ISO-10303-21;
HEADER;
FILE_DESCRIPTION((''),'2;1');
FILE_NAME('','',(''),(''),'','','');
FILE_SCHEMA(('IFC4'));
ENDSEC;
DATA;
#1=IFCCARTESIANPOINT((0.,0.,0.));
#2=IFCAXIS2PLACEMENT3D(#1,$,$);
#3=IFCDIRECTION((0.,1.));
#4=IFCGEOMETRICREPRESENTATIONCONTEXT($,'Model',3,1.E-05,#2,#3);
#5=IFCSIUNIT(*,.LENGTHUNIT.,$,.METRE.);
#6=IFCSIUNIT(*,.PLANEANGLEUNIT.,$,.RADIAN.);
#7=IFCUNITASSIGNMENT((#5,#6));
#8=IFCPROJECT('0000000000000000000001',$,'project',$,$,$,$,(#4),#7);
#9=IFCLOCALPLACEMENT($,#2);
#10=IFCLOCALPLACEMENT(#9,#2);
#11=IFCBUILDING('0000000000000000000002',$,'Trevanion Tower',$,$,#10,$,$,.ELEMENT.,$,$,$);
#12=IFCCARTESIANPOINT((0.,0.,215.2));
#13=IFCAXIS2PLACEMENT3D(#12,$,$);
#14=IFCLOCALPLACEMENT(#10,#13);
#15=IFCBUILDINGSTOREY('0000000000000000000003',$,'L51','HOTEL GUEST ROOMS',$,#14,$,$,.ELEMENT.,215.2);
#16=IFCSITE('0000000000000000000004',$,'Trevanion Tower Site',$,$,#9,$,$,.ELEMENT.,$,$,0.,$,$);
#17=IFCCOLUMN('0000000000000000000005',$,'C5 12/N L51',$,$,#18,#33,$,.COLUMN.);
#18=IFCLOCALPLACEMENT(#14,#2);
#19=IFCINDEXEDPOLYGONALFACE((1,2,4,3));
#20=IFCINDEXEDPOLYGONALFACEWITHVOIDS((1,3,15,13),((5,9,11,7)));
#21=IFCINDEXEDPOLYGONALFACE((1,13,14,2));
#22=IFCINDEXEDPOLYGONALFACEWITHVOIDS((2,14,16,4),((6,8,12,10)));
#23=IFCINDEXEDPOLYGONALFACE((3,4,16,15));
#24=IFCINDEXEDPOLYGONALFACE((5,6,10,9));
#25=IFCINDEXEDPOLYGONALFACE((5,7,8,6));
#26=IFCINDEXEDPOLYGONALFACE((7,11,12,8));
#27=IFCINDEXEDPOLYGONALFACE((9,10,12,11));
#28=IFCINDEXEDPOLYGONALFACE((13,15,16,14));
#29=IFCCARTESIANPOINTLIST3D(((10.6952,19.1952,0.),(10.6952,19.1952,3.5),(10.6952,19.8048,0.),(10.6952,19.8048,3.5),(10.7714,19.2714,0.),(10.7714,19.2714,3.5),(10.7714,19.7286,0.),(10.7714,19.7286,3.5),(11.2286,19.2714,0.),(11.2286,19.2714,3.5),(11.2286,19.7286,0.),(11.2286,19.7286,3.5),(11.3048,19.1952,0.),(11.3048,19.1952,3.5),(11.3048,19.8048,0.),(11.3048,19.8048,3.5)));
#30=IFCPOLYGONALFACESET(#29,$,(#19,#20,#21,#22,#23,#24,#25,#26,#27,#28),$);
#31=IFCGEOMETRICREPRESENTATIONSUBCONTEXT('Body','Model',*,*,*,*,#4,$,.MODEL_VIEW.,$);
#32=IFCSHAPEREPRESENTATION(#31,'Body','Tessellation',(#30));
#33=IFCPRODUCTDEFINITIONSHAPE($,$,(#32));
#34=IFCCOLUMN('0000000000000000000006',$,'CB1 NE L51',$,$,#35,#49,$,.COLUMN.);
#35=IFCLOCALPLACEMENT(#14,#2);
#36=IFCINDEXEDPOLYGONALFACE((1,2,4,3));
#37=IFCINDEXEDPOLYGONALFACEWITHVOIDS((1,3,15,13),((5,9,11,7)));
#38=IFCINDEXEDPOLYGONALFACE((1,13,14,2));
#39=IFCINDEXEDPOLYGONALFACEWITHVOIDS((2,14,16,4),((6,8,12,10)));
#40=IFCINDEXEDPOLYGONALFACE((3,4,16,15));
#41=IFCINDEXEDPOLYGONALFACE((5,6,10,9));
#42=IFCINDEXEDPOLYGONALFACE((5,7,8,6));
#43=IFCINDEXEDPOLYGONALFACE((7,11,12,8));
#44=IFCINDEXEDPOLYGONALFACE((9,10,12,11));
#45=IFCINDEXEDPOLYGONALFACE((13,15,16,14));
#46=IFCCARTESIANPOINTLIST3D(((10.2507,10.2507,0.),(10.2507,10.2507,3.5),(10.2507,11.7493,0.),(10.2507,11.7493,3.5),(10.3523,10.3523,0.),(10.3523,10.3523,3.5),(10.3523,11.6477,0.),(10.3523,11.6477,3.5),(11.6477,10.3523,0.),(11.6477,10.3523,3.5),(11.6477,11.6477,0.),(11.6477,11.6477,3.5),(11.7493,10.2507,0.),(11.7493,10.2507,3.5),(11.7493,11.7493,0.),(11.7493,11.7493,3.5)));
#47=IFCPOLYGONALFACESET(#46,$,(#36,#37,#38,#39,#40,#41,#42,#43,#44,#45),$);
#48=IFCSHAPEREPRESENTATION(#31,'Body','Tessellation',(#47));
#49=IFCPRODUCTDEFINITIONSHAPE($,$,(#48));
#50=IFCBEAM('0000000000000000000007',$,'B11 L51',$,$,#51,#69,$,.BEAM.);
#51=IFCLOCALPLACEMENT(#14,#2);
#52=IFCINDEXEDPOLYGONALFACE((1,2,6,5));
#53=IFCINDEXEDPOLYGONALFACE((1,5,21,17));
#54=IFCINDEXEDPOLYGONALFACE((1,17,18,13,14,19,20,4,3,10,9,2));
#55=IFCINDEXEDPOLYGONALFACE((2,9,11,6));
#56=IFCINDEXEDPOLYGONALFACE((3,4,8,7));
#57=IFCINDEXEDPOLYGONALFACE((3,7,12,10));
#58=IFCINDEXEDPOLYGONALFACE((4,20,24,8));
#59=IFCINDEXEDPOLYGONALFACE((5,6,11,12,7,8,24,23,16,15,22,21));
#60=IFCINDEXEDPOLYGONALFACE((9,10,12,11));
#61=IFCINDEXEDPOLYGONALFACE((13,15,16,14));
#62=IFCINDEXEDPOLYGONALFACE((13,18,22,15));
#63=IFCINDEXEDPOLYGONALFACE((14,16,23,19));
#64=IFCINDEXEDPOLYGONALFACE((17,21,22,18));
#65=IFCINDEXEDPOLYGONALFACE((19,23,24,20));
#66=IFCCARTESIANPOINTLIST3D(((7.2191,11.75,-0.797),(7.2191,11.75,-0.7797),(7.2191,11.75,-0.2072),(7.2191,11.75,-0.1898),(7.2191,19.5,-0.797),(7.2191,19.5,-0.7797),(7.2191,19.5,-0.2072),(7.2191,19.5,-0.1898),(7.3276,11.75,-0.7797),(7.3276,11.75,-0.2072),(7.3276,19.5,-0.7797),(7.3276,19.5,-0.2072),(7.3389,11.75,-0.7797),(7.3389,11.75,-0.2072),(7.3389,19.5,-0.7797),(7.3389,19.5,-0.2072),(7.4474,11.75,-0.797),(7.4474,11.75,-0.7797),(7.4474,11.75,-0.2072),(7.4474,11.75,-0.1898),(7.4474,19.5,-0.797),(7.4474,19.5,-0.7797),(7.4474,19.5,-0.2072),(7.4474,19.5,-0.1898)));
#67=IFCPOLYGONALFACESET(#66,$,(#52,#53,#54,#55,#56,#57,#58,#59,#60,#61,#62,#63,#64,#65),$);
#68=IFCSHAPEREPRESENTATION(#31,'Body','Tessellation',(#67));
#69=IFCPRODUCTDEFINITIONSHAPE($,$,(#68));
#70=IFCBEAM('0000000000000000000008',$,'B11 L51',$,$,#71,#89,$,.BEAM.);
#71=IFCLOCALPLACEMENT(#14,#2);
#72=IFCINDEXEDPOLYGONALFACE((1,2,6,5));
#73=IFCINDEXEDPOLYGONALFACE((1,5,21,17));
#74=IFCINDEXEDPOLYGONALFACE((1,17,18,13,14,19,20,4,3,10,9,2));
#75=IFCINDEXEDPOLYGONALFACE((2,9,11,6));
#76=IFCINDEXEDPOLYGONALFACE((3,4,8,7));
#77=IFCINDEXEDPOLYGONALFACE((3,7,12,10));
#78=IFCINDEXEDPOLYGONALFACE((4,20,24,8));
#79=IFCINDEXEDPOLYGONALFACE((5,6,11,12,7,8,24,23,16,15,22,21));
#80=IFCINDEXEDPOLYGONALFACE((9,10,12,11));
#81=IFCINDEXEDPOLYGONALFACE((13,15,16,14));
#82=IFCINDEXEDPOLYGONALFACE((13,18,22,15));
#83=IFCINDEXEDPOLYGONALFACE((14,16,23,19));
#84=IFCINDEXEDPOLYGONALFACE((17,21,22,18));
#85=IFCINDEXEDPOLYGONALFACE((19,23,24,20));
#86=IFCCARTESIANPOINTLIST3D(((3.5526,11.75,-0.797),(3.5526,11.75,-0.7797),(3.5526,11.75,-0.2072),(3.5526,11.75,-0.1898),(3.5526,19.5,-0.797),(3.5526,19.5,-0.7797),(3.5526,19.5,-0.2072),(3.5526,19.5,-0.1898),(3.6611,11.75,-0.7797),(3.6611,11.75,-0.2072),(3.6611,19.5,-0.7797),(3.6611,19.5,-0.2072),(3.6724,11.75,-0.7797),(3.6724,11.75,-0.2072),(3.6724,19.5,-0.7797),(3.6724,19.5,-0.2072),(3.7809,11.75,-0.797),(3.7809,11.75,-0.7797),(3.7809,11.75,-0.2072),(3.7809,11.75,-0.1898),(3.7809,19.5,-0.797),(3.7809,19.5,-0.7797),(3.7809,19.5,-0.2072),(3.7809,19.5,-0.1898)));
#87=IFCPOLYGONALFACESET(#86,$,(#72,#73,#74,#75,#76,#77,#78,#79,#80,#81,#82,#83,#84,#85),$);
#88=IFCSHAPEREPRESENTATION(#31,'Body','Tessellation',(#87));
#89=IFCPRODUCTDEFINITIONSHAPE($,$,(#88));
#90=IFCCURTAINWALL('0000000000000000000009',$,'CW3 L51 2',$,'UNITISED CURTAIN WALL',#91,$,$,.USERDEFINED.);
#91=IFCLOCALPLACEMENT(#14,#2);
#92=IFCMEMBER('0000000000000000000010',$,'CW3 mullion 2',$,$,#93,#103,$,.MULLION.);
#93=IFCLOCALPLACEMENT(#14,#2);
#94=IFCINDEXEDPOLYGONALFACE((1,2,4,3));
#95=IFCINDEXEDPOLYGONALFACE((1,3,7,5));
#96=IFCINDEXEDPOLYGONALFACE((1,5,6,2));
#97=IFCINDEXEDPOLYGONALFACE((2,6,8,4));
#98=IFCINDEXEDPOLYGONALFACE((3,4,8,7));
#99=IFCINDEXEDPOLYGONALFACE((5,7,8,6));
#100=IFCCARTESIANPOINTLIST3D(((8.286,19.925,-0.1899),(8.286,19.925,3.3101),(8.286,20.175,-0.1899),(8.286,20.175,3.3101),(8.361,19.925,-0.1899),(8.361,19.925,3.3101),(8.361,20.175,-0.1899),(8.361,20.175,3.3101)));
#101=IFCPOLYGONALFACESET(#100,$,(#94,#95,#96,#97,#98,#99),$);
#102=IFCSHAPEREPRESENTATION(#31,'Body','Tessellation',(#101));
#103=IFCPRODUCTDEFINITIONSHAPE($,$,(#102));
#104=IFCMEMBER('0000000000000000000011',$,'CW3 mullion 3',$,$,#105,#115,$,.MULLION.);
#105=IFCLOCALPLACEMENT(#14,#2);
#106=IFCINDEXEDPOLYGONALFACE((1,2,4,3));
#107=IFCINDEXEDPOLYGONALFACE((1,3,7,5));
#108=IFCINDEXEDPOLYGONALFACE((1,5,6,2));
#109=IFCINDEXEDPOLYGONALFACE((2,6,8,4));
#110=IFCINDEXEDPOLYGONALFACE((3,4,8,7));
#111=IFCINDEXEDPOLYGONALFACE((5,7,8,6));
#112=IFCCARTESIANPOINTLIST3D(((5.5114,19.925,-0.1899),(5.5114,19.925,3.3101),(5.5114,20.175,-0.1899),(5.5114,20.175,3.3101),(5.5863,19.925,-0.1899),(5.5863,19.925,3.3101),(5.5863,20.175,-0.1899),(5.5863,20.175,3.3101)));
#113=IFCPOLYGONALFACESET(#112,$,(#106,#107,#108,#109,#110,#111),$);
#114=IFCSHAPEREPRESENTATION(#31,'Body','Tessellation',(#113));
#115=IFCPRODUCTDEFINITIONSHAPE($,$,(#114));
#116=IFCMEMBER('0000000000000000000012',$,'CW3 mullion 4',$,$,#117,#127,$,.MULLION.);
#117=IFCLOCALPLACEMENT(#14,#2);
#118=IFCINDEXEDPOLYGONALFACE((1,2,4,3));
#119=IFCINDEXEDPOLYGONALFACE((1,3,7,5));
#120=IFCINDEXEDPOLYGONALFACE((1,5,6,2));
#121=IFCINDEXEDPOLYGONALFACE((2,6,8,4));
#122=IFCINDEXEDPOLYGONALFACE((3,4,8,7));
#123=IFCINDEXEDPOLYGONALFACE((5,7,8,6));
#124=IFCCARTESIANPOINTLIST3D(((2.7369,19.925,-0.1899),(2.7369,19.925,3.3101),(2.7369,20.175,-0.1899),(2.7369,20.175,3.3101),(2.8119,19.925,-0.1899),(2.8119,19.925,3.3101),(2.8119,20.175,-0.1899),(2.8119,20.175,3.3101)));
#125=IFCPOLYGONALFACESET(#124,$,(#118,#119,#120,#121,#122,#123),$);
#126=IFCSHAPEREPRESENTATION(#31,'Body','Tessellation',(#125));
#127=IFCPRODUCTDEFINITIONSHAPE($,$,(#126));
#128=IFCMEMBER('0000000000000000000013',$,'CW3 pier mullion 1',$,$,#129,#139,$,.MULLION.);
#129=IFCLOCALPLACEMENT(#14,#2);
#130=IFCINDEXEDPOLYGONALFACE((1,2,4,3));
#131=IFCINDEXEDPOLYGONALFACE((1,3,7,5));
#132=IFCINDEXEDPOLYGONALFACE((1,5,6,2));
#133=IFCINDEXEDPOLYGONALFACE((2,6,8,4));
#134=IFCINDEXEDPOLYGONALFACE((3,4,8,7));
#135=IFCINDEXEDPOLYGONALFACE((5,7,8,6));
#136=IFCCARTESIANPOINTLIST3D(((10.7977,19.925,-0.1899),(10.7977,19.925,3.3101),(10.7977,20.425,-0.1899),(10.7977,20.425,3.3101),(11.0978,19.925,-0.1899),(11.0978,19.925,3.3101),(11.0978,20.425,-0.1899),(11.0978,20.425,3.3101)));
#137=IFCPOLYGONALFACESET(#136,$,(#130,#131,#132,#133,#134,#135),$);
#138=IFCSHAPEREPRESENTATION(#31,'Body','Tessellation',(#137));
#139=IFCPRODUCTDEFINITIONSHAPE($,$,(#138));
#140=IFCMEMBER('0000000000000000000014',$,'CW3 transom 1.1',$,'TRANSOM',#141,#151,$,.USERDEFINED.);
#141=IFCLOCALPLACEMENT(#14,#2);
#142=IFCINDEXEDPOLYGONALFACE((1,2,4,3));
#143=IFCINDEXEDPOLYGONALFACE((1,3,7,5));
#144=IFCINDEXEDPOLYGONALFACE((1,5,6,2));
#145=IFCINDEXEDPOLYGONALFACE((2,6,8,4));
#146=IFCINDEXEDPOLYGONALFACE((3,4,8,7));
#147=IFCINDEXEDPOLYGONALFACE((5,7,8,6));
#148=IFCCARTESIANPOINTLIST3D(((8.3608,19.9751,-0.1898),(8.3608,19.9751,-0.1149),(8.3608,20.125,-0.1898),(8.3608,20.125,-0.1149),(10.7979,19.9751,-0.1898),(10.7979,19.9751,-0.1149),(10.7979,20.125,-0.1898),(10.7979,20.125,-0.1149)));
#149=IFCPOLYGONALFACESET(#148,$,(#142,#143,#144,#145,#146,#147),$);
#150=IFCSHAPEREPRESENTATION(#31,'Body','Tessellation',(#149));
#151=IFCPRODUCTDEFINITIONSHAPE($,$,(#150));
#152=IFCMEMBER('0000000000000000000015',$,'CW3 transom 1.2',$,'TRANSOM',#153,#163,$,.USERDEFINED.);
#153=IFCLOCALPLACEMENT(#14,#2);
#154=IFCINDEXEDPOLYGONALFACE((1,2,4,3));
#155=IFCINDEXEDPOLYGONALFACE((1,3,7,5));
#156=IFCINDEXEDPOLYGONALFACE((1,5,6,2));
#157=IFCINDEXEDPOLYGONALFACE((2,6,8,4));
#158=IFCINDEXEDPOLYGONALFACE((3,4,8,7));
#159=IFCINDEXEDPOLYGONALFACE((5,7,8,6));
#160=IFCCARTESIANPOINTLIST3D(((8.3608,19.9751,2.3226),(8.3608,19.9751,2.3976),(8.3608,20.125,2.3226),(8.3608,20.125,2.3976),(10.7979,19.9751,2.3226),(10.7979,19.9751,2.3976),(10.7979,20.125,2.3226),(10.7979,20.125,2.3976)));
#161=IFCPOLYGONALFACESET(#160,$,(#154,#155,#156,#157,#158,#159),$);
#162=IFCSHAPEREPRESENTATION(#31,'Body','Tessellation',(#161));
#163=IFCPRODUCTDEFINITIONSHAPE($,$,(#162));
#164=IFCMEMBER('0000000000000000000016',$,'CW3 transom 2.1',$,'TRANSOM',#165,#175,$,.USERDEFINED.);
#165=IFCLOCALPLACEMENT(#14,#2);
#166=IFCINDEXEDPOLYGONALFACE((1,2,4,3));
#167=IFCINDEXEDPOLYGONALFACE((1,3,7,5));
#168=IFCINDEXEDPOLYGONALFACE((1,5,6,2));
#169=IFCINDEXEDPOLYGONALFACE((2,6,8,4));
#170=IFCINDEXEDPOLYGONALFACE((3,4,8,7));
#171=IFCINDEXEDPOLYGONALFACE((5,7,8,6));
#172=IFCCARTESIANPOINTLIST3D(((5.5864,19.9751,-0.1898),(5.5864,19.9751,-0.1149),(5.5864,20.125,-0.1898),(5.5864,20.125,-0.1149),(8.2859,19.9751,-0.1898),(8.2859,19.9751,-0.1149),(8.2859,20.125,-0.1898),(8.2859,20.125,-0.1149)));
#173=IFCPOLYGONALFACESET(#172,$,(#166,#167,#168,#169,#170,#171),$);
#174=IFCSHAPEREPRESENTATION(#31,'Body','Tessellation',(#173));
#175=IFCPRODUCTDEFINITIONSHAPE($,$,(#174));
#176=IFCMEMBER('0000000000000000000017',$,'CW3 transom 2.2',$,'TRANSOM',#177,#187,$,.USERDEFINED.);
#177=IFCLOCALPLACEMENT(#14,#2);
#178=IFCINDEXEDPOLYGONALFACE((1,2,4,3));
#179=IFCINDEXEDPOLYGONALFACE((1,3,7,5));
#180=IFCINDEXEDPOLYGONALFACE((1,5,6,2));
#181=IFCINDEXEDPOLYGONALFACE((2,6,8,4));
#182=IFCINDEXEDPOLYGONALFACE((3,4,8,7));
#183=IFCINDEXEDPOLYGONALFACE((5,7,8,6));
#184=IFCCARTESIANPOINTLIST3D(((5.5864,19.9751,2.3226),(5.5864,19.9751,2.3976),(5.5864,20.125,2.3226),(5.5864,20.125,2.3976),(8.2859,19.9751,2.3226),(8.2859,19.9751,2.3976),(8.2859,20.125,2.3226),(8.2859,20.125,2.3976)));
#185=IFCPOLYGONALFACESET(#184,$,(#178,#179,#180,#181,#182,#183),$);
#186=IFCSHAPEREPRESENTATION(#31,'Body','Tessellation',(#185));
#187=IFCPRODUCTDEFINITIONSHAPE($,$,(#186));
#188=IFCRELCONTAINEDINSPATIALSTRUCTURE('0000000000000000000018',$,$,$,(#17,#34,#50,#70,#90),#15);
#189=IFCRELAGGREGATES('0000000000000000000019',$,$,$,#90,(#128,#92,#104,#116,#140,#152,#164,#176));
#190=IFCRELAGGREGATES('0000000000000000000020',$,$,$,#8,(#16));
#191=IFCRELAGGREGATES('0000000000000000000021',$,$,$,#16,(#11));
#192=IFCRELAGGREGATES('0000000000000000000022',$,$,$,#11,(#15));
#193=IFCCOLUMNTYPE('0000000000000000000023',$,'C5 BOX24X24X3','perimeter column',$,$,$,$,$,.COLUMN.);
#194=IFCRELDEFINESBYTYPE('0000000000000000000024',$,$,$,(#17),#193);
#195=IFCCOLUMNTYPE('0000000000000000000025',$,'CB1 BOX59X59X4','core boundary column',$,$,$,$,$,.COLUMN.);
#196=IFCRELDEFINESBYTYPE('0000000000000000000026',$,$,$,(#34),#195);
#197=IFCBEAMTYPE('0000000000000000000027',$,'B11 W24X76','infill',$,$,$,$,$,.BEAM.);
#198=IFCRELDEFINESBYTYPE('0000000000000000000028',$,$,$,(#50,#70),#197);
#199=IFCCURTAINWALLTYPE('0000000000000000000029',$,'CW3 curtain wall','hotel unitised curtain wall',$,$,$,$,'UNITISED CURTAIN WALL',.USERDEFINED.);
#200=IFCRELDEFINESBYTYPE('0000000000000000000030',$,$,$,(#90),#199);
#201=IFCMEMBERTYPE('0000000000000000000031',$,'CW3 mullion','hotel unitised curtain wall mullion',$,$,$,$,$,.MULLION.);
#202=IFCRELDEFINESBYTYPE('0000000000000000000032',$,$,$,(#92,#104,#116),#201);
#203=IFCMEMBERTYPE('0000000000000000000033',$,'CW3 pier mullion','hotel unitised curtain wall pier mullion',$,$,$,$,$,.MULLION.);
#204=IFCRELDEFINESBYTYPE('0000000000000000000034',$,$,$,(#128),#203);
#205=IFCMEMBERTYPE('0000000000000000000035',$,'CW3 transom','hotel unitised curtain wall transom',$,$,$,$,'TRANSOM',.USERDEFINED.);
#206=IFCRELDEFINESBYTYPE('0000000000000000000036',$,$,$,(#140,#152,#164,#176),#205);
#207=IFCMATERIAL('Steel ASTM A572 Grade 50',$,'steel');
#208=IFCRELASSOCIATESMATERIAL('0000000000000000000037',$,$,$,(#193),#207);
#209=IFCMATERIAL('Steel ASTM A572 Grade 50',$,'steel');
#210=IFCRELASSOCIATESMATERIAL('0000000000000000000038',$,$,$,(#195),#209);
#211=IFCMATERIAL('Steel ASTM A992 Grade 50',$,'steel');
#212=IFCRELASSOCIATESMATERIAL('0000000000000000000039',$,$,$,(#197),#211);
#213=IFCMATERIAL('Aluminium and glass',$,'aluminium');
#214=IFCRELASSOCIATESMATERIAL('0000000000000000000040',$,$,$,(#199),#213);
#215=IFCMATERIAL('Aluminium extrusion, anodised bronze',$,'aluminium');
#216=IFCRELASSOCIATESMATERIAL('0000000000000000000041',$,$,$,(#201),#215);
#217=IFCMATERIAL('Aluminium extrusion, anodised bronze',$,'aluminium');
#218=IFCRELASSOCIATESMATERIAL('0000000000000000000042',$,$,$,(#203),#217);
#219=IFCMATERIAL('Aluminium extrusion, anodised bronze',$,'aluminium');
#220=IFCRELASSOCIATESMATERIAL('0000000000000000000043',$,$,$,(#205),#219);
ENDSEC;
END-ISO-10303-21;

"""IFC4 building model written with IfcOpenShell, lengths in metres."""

from ifc_helpers import new_model, si_unit, direction, frame, origin, origin_2d, place, context, subcontext, project, spatial, rectangle, hollow_rectangle, i_section, extrude, material, material_profile, profile_set, type_object, element, aggregate, save


model = new_model("IFC4")

# Units and contexts
model_context = context("Model", 3, precision=1e-05, world=origin(), true_north=direction((0.0, 1.0)))
body_context = subcontext(model_context, "Body", "Model", "MODEL_VIEW")
ifc_project = project(units=[si_unit("LENGTHUNIT", "METRE"), si_unit("PLANEANGLEUNIT", "RADIAN")], contexts=[model_context])

# Site, building, storey
site_placement = place(None, origin())
site = spatial("IfcSite", under=ifc_project, at=site_placement, Name="Trevanion Tower Site", CompositionType="ELEMENT", RefElevation=0.0)
building_placement = place(site_placement, origin())
building = spatial("IfcBuilding", under=site, at=building_placement, Name="Trevanion Tower", CompositionType="ELEMENT")
storey_placement = place(building_placement, frame((0.0, 0.0, 215.2)))
storey = spatial("IfcBuildingStorey", under=building, at=storey_placement, Name="L51", Description="HOTEL GUEST ROOMS", CompositionType="ELEMENT", Elevation=215.2)

# Columns
ifc_material_1 = material(Name="Steel ASTM A572 Grade 50", Category="steel")
ifc_material_profile_1 = material_profile(ifc_material_1, hollow_rectangle(XDim=0.6096, YDim=0.6096, WallThickness=0.0762, at=origin_2d()), Name="BOX24X24X3")
ifc_profile_set_1 = profile_set([ifc_material_profile_1], Name="Steel ASTM A572 Grade 50")
column_type_1 = type_object("IfcColumnType", Name="C5 BOX24X24X3", Description="perimeter column", PredefinedType="COLUMN", material=ifc_profile_set_1)
column_1_placement = place(storey_placement, frame((11.0, 19.5, 0.0), z_axis=(0.0, 0.0, 1.0), x_axis=(1.0, 0.0, 0.0)))
element("IfcColumn", 1, at=column_1_placement, inside=storey, type_object=column_type_1, Name="C5 12/N L51", PredefinedType="COLUMN", context=body_context, shape_type="SweptSolid", body=[
    extrude(hollow_rectangle(XDim=0.6096, YDim=0.6096, WallThickness=0.0762, at=origin_2d()), origin(), (0.0, 0.0, 1.0), 3.5),
])
ifc_material_2 = material(Name="Steel ASTM A572 Grade 50", Category="steel")
ifc_material_profile_2 = material_profile(ifc_material_2, hollow_rectangle(XDim=1.4985, YDim=1.4985, WallThickness=0.1016, at=origin_2d()), Name="BOX59X59X4")
ifc_profile_set_2 = profile_set([ifc_material_profile_2], Name="Steel ASTM A572 Grade 50")
column_type_2 = type_object("IfcColumnType", Name="CB1 BOX59X59X4", Description="core boundary column", PredefinedType="COLUMN", material=ifc_profile_set_2)
column_2_placement = place(storey_placement, frame((11.0, 11.0, 0.0), z_axis=(0.0, 0.0, 1.0), x_axis=(1.0, 0.0, 0.0)))
element("IfcColumn", 2, at=column_2_placement, inside=storey, type_object=column_type_2, Name="CB1 NE L51", PredefinedType="COLUMN", context=body_context, shape_type="SweptSolid", body=[
    extrude(hollow_rectangle(XDim=1.4985, YDim=1.4985, WallThickness=0.1016, at=origin_2d()), origin(), (0.0, 0.0, 1.0), 3.5),
])

# Beams
ifc_material_3 = material(Name="Steel ASTM A992 Grade 50", Category="steel")
ifc_material_profile_3 = material_profile(ifc_material_3, i_section(OverallWidth=0.2283, OverallDepth=0.6072, WebThickness=0.0112, FlangeThickness=0.0173, at=origin_2d()), Name="W24X76")
ifc_profile_set_3 = profile_set([ifc_material_profile_3], Name="Steel ASTM A992 Grade 50")
beam_type_1 = type_object("IfcBeamType", Name="B11 W24X76", Description="infill", PredefinedType="BEAM", material=ifc_profile_set_3)
for number, where, z_axis, x_axis, name in (
    (3, (7.3333, 11.75, -0.4934), (0.0, 1.0, 0.0), (-1.0, 0.0, 0.0), "B11 L51"),
    (4, (3.6667, 11.75, -0.4934), (0.0, 1.0, 0.0), (-1.0, 0.0, 0.0), "B11 L51"),
):
    element("IfcBeam", number, at=place(storey_placement, frame(where, z_axis=z_axis, x_axis=x_axis)), inside=storey, type_object=beam_type_1, Name=name, PredefinedType="BEAM", context=body_context, shape_type="SweptSolid", body=[
        extrude(i_section(OverallWidth=0.2283, OverallDepth=0.6072, WebThickness=0.0112, FlangeThickness=0.0173, at=origin_2d()), origin(), (0.0, 0.0, 1.0), 7.75),
    ])

# Curtain wall, members
ifc_material_4 = material(Name="Aluminium and glass", Category="aluminium")
curtain_wall_type = type_object("IfcCurtainWallType", Name="CW3 curtain wall", Description="hotel unitised curtain wall", ElementType="UNITISED CURTAIN WALL", PredefinedType="USERDEFINED", material=ifc_material_4)
curtain_wall_placement = place(storey_placement, origin())
curtain_wall = element("IfcCurtainWall", 5, at=curtain_wall_placement, inside=storey, type_object=curtain_wall_type, Name="CW3 L51 2", ObjectType="UNITISED CURTAIN WALL", PredefinedType="USERDEFINED")
ifc_material_5 = material(Name="Aluminium extrusion, anodised bronze", Category="aluminium")
ifc_material_profile_4 = material_profile(ifc_material_5, rectangle(XDim=0.075, YDim=0.25, at=origin_2d()), Name="CW3 mullion")
ifc_profile_set_4 = profile_set([ifc_material_profile_4], Name="Aluminium extrusion, anodised bronze")
member_type_1 = type_object("IfcMemberType", Name="CW3 mullion", Description="hotel unitised curtain wall mullion", PredefinedType="MULLION", material=ifc_profile_set_4)
member_1_placement = place(storey_placement, frame((8.3235, 20.05, -0.1899), z_axis=(0.0, 0.0, 1.0), x_axis=(-1.0, 0.0, 0.0)))
member_1 = element("IfcMember", 6, at=member_1_placement, type_object=member_type_1, Name="CW3 mullion 2", PredefinedType="MULLION", context=body_context, shape_type="SweptSolid", body=[
    extrude(rectangle(XDim=0.075, YDim=0.25, at=origin_2d()), origin(), (0.0, 0.0, 1.0), 3.5),
])
member_2_placement = place(storey_placement, frame((5.5488, 20.05, -0.1899), z_axis=(0.0, 0.0, 1.0), x_axis=(-1.0, 0.0, 0.0)))
member_2 = element("IfcMember", 7, at=member_2_placement, type_object=member_type_1, Name="CW3 mullion 3", PredefinedType="MULLION", context=body_context, shape_type="SweptSolid", body=[
    extrude(rectangle(XDim=0.075, YDim=0.25, at=origin_2d()), origin(), (0.0, 0.0, 1.0), 3.5),
])
member_3_placement = place(storey_placement, frame((2.7744, 20.05, -0.1899), z_axis=(0.0, 0.0, 1.0), x_axis=(-1.0, 0.0, 0.0)))
member_3 = element("IfcMember", 8, at=member_3_placement, type_object=member_type_1, Name="CW3 mullion 4", PredefinedType="MULLION", context=body_context, shape_type="SweptSolid", body=[
    extrude(rectangle(XDim=0.075, YDim=0.25, at=origin_2d()), origin(), (0.0, 0.0, 1.0), 3.5),
])
ifc_material_6 = material(Name="Aluminium extrusion, anodised bronze", Category="aluminium")
ifc_material_profile_5 = material_profile(ifc_material_6, rectangle(XDim=0.3, YDim=0.5, at=origin_2d()), Name="CW3 pier mullion")
ifc_profile_set_5 = profile_set([ifc_material_profile_5], Name="Aluminium extrusion, anodised bronze")
member_type_2 = type_object("IfcMemberType", Name="CW3 pier mullion", Description="hotel unitised curtain wall pier mullion", PredefinedType="MULLION", material=ifc_profile_set_5)
member_4_placement = place(storey_placement, frame((10.9478, 20.175, -0.1899), z_axis=(0.0, 0.0, 1.0), x_axis=(-1.0, 0.0, 0.0)))
member_4 = element("IfcMember", 9, at=member_4_placement, type_object=member_type_2, Name="CW3 pier mullion 1", PredefinedType="MULLION", context=body_context, shape_type="SweptSolid", body=[
    extrude(rectangle(XDim=0.3, YDim=0.5, at=origin_2d()), origin(), (0.0, 0.0, 1.0), 3.5),
])
ifc_material_7 = material(Name="Aluminium extrusion, anodised bronze", Category="aluminium")
ifc_material_profile_6 = material_profile(ifc_material_7, rectangle(XDim=0.1499, YDim=0.075, at=origin_2d()), Name="CW3 transom")
ifc_profile_set_6 = profile_set([ifc_material_profile_6], Name="Aluminium extrusion, anodised bronze")
member_type_3 = type_object("IfcMemberType", Name="CW3 transom", Description="hotel unitised curtain wall transom", ElementType="TRANSOM", PredefinedType="USERDEFINED", material=ifc_profile_set_6)
member_5_placement = place(storey_placement, frame((10.7979, 20.05, -0.1523), z_axis=(-1.0, 0.0, 0.0), x_axis=(0.0, -1.0, 0.0)))
member_5 = element("IfcMember", 10, at=member_5_placement, type_object=member_type_3, Name="CW3 transom 1.1", ObjectType="TRANSOM", PredefinedType="USERDEFINED", context=body_context, shape_type="SweptSolid", body=[
    extrude(rectangle(XDim=0.1499, YDim=0.075, at=origin_2d()), origin(), (0.0, 0.0, 1.0), 2.437),
])
member_6_placement = place(storey_placement, frame((10.7979, 20.05, 2.3601), z_axis=(-1.0, 0.0, 0.0), x_axis=(0.0, -1.0, 0.0)))
member_6 = element("IfcMember", 11, at=member_6_placement, type_object=member_type_3, Name="CW3 transom 1.2", ObjectType="TRANSOM", PredefinedType="USERDEFINED", context=body_context, shape_type="SweptSolid", body=[
    extrude(rectangle(XDim=0.1499, YDim=0.075, at=origin_2d()), origin(), (0.0, 0.0, 1.0), 2.437),
])
member_7_placement = place(storey_placement, frame((8.2859, 20.05, -0.1523), z_axis=(-1.0, 0.0, 0.0), x_axis=(0.0, -1.0, 0.0)))
member_7 = element("IfcMember", 12, at=member_7_placement, type_object=member_type_3, Name="CW3 transom 2.1", ObjectType="TRANSOM", PredefinedType="USERDEFINED", context=body_context, shape_type="SweptSolid", body=[
    extrude(rectangle(XDim=0.1499, YDim=0.075, at=origin_2d()), origin(), (0.0, 0.0, 1.0), 2.6995),
])
member_8_placement = place(storey_placement, frame((8.2859, 20.05, 2.3601), z_axis=(-1.0, 0.0, 0.0), x_axis=(0.0, -1.0, 0.0)))
member_8 = element("IfcMember", 13, at=member_8_placement, type_object=member_type_3, Name="CW3 transom 2.2", ObjectType="TRANSOM", PredefinedType="USERDEFINED", context=body_context, shape_type="SweptSolid", body=[
    extrude(rectangle(XDim=0.1499, YDim=0.075, at=origin_2d()), origin(), (0.0, 0.0, 1.0), 2.6995),
])

aggregate(curtain_wall, [member_4, member_1, member_2, member_3, member_5, member_6, member_7, member_8])

save(model, "model.ifc")
